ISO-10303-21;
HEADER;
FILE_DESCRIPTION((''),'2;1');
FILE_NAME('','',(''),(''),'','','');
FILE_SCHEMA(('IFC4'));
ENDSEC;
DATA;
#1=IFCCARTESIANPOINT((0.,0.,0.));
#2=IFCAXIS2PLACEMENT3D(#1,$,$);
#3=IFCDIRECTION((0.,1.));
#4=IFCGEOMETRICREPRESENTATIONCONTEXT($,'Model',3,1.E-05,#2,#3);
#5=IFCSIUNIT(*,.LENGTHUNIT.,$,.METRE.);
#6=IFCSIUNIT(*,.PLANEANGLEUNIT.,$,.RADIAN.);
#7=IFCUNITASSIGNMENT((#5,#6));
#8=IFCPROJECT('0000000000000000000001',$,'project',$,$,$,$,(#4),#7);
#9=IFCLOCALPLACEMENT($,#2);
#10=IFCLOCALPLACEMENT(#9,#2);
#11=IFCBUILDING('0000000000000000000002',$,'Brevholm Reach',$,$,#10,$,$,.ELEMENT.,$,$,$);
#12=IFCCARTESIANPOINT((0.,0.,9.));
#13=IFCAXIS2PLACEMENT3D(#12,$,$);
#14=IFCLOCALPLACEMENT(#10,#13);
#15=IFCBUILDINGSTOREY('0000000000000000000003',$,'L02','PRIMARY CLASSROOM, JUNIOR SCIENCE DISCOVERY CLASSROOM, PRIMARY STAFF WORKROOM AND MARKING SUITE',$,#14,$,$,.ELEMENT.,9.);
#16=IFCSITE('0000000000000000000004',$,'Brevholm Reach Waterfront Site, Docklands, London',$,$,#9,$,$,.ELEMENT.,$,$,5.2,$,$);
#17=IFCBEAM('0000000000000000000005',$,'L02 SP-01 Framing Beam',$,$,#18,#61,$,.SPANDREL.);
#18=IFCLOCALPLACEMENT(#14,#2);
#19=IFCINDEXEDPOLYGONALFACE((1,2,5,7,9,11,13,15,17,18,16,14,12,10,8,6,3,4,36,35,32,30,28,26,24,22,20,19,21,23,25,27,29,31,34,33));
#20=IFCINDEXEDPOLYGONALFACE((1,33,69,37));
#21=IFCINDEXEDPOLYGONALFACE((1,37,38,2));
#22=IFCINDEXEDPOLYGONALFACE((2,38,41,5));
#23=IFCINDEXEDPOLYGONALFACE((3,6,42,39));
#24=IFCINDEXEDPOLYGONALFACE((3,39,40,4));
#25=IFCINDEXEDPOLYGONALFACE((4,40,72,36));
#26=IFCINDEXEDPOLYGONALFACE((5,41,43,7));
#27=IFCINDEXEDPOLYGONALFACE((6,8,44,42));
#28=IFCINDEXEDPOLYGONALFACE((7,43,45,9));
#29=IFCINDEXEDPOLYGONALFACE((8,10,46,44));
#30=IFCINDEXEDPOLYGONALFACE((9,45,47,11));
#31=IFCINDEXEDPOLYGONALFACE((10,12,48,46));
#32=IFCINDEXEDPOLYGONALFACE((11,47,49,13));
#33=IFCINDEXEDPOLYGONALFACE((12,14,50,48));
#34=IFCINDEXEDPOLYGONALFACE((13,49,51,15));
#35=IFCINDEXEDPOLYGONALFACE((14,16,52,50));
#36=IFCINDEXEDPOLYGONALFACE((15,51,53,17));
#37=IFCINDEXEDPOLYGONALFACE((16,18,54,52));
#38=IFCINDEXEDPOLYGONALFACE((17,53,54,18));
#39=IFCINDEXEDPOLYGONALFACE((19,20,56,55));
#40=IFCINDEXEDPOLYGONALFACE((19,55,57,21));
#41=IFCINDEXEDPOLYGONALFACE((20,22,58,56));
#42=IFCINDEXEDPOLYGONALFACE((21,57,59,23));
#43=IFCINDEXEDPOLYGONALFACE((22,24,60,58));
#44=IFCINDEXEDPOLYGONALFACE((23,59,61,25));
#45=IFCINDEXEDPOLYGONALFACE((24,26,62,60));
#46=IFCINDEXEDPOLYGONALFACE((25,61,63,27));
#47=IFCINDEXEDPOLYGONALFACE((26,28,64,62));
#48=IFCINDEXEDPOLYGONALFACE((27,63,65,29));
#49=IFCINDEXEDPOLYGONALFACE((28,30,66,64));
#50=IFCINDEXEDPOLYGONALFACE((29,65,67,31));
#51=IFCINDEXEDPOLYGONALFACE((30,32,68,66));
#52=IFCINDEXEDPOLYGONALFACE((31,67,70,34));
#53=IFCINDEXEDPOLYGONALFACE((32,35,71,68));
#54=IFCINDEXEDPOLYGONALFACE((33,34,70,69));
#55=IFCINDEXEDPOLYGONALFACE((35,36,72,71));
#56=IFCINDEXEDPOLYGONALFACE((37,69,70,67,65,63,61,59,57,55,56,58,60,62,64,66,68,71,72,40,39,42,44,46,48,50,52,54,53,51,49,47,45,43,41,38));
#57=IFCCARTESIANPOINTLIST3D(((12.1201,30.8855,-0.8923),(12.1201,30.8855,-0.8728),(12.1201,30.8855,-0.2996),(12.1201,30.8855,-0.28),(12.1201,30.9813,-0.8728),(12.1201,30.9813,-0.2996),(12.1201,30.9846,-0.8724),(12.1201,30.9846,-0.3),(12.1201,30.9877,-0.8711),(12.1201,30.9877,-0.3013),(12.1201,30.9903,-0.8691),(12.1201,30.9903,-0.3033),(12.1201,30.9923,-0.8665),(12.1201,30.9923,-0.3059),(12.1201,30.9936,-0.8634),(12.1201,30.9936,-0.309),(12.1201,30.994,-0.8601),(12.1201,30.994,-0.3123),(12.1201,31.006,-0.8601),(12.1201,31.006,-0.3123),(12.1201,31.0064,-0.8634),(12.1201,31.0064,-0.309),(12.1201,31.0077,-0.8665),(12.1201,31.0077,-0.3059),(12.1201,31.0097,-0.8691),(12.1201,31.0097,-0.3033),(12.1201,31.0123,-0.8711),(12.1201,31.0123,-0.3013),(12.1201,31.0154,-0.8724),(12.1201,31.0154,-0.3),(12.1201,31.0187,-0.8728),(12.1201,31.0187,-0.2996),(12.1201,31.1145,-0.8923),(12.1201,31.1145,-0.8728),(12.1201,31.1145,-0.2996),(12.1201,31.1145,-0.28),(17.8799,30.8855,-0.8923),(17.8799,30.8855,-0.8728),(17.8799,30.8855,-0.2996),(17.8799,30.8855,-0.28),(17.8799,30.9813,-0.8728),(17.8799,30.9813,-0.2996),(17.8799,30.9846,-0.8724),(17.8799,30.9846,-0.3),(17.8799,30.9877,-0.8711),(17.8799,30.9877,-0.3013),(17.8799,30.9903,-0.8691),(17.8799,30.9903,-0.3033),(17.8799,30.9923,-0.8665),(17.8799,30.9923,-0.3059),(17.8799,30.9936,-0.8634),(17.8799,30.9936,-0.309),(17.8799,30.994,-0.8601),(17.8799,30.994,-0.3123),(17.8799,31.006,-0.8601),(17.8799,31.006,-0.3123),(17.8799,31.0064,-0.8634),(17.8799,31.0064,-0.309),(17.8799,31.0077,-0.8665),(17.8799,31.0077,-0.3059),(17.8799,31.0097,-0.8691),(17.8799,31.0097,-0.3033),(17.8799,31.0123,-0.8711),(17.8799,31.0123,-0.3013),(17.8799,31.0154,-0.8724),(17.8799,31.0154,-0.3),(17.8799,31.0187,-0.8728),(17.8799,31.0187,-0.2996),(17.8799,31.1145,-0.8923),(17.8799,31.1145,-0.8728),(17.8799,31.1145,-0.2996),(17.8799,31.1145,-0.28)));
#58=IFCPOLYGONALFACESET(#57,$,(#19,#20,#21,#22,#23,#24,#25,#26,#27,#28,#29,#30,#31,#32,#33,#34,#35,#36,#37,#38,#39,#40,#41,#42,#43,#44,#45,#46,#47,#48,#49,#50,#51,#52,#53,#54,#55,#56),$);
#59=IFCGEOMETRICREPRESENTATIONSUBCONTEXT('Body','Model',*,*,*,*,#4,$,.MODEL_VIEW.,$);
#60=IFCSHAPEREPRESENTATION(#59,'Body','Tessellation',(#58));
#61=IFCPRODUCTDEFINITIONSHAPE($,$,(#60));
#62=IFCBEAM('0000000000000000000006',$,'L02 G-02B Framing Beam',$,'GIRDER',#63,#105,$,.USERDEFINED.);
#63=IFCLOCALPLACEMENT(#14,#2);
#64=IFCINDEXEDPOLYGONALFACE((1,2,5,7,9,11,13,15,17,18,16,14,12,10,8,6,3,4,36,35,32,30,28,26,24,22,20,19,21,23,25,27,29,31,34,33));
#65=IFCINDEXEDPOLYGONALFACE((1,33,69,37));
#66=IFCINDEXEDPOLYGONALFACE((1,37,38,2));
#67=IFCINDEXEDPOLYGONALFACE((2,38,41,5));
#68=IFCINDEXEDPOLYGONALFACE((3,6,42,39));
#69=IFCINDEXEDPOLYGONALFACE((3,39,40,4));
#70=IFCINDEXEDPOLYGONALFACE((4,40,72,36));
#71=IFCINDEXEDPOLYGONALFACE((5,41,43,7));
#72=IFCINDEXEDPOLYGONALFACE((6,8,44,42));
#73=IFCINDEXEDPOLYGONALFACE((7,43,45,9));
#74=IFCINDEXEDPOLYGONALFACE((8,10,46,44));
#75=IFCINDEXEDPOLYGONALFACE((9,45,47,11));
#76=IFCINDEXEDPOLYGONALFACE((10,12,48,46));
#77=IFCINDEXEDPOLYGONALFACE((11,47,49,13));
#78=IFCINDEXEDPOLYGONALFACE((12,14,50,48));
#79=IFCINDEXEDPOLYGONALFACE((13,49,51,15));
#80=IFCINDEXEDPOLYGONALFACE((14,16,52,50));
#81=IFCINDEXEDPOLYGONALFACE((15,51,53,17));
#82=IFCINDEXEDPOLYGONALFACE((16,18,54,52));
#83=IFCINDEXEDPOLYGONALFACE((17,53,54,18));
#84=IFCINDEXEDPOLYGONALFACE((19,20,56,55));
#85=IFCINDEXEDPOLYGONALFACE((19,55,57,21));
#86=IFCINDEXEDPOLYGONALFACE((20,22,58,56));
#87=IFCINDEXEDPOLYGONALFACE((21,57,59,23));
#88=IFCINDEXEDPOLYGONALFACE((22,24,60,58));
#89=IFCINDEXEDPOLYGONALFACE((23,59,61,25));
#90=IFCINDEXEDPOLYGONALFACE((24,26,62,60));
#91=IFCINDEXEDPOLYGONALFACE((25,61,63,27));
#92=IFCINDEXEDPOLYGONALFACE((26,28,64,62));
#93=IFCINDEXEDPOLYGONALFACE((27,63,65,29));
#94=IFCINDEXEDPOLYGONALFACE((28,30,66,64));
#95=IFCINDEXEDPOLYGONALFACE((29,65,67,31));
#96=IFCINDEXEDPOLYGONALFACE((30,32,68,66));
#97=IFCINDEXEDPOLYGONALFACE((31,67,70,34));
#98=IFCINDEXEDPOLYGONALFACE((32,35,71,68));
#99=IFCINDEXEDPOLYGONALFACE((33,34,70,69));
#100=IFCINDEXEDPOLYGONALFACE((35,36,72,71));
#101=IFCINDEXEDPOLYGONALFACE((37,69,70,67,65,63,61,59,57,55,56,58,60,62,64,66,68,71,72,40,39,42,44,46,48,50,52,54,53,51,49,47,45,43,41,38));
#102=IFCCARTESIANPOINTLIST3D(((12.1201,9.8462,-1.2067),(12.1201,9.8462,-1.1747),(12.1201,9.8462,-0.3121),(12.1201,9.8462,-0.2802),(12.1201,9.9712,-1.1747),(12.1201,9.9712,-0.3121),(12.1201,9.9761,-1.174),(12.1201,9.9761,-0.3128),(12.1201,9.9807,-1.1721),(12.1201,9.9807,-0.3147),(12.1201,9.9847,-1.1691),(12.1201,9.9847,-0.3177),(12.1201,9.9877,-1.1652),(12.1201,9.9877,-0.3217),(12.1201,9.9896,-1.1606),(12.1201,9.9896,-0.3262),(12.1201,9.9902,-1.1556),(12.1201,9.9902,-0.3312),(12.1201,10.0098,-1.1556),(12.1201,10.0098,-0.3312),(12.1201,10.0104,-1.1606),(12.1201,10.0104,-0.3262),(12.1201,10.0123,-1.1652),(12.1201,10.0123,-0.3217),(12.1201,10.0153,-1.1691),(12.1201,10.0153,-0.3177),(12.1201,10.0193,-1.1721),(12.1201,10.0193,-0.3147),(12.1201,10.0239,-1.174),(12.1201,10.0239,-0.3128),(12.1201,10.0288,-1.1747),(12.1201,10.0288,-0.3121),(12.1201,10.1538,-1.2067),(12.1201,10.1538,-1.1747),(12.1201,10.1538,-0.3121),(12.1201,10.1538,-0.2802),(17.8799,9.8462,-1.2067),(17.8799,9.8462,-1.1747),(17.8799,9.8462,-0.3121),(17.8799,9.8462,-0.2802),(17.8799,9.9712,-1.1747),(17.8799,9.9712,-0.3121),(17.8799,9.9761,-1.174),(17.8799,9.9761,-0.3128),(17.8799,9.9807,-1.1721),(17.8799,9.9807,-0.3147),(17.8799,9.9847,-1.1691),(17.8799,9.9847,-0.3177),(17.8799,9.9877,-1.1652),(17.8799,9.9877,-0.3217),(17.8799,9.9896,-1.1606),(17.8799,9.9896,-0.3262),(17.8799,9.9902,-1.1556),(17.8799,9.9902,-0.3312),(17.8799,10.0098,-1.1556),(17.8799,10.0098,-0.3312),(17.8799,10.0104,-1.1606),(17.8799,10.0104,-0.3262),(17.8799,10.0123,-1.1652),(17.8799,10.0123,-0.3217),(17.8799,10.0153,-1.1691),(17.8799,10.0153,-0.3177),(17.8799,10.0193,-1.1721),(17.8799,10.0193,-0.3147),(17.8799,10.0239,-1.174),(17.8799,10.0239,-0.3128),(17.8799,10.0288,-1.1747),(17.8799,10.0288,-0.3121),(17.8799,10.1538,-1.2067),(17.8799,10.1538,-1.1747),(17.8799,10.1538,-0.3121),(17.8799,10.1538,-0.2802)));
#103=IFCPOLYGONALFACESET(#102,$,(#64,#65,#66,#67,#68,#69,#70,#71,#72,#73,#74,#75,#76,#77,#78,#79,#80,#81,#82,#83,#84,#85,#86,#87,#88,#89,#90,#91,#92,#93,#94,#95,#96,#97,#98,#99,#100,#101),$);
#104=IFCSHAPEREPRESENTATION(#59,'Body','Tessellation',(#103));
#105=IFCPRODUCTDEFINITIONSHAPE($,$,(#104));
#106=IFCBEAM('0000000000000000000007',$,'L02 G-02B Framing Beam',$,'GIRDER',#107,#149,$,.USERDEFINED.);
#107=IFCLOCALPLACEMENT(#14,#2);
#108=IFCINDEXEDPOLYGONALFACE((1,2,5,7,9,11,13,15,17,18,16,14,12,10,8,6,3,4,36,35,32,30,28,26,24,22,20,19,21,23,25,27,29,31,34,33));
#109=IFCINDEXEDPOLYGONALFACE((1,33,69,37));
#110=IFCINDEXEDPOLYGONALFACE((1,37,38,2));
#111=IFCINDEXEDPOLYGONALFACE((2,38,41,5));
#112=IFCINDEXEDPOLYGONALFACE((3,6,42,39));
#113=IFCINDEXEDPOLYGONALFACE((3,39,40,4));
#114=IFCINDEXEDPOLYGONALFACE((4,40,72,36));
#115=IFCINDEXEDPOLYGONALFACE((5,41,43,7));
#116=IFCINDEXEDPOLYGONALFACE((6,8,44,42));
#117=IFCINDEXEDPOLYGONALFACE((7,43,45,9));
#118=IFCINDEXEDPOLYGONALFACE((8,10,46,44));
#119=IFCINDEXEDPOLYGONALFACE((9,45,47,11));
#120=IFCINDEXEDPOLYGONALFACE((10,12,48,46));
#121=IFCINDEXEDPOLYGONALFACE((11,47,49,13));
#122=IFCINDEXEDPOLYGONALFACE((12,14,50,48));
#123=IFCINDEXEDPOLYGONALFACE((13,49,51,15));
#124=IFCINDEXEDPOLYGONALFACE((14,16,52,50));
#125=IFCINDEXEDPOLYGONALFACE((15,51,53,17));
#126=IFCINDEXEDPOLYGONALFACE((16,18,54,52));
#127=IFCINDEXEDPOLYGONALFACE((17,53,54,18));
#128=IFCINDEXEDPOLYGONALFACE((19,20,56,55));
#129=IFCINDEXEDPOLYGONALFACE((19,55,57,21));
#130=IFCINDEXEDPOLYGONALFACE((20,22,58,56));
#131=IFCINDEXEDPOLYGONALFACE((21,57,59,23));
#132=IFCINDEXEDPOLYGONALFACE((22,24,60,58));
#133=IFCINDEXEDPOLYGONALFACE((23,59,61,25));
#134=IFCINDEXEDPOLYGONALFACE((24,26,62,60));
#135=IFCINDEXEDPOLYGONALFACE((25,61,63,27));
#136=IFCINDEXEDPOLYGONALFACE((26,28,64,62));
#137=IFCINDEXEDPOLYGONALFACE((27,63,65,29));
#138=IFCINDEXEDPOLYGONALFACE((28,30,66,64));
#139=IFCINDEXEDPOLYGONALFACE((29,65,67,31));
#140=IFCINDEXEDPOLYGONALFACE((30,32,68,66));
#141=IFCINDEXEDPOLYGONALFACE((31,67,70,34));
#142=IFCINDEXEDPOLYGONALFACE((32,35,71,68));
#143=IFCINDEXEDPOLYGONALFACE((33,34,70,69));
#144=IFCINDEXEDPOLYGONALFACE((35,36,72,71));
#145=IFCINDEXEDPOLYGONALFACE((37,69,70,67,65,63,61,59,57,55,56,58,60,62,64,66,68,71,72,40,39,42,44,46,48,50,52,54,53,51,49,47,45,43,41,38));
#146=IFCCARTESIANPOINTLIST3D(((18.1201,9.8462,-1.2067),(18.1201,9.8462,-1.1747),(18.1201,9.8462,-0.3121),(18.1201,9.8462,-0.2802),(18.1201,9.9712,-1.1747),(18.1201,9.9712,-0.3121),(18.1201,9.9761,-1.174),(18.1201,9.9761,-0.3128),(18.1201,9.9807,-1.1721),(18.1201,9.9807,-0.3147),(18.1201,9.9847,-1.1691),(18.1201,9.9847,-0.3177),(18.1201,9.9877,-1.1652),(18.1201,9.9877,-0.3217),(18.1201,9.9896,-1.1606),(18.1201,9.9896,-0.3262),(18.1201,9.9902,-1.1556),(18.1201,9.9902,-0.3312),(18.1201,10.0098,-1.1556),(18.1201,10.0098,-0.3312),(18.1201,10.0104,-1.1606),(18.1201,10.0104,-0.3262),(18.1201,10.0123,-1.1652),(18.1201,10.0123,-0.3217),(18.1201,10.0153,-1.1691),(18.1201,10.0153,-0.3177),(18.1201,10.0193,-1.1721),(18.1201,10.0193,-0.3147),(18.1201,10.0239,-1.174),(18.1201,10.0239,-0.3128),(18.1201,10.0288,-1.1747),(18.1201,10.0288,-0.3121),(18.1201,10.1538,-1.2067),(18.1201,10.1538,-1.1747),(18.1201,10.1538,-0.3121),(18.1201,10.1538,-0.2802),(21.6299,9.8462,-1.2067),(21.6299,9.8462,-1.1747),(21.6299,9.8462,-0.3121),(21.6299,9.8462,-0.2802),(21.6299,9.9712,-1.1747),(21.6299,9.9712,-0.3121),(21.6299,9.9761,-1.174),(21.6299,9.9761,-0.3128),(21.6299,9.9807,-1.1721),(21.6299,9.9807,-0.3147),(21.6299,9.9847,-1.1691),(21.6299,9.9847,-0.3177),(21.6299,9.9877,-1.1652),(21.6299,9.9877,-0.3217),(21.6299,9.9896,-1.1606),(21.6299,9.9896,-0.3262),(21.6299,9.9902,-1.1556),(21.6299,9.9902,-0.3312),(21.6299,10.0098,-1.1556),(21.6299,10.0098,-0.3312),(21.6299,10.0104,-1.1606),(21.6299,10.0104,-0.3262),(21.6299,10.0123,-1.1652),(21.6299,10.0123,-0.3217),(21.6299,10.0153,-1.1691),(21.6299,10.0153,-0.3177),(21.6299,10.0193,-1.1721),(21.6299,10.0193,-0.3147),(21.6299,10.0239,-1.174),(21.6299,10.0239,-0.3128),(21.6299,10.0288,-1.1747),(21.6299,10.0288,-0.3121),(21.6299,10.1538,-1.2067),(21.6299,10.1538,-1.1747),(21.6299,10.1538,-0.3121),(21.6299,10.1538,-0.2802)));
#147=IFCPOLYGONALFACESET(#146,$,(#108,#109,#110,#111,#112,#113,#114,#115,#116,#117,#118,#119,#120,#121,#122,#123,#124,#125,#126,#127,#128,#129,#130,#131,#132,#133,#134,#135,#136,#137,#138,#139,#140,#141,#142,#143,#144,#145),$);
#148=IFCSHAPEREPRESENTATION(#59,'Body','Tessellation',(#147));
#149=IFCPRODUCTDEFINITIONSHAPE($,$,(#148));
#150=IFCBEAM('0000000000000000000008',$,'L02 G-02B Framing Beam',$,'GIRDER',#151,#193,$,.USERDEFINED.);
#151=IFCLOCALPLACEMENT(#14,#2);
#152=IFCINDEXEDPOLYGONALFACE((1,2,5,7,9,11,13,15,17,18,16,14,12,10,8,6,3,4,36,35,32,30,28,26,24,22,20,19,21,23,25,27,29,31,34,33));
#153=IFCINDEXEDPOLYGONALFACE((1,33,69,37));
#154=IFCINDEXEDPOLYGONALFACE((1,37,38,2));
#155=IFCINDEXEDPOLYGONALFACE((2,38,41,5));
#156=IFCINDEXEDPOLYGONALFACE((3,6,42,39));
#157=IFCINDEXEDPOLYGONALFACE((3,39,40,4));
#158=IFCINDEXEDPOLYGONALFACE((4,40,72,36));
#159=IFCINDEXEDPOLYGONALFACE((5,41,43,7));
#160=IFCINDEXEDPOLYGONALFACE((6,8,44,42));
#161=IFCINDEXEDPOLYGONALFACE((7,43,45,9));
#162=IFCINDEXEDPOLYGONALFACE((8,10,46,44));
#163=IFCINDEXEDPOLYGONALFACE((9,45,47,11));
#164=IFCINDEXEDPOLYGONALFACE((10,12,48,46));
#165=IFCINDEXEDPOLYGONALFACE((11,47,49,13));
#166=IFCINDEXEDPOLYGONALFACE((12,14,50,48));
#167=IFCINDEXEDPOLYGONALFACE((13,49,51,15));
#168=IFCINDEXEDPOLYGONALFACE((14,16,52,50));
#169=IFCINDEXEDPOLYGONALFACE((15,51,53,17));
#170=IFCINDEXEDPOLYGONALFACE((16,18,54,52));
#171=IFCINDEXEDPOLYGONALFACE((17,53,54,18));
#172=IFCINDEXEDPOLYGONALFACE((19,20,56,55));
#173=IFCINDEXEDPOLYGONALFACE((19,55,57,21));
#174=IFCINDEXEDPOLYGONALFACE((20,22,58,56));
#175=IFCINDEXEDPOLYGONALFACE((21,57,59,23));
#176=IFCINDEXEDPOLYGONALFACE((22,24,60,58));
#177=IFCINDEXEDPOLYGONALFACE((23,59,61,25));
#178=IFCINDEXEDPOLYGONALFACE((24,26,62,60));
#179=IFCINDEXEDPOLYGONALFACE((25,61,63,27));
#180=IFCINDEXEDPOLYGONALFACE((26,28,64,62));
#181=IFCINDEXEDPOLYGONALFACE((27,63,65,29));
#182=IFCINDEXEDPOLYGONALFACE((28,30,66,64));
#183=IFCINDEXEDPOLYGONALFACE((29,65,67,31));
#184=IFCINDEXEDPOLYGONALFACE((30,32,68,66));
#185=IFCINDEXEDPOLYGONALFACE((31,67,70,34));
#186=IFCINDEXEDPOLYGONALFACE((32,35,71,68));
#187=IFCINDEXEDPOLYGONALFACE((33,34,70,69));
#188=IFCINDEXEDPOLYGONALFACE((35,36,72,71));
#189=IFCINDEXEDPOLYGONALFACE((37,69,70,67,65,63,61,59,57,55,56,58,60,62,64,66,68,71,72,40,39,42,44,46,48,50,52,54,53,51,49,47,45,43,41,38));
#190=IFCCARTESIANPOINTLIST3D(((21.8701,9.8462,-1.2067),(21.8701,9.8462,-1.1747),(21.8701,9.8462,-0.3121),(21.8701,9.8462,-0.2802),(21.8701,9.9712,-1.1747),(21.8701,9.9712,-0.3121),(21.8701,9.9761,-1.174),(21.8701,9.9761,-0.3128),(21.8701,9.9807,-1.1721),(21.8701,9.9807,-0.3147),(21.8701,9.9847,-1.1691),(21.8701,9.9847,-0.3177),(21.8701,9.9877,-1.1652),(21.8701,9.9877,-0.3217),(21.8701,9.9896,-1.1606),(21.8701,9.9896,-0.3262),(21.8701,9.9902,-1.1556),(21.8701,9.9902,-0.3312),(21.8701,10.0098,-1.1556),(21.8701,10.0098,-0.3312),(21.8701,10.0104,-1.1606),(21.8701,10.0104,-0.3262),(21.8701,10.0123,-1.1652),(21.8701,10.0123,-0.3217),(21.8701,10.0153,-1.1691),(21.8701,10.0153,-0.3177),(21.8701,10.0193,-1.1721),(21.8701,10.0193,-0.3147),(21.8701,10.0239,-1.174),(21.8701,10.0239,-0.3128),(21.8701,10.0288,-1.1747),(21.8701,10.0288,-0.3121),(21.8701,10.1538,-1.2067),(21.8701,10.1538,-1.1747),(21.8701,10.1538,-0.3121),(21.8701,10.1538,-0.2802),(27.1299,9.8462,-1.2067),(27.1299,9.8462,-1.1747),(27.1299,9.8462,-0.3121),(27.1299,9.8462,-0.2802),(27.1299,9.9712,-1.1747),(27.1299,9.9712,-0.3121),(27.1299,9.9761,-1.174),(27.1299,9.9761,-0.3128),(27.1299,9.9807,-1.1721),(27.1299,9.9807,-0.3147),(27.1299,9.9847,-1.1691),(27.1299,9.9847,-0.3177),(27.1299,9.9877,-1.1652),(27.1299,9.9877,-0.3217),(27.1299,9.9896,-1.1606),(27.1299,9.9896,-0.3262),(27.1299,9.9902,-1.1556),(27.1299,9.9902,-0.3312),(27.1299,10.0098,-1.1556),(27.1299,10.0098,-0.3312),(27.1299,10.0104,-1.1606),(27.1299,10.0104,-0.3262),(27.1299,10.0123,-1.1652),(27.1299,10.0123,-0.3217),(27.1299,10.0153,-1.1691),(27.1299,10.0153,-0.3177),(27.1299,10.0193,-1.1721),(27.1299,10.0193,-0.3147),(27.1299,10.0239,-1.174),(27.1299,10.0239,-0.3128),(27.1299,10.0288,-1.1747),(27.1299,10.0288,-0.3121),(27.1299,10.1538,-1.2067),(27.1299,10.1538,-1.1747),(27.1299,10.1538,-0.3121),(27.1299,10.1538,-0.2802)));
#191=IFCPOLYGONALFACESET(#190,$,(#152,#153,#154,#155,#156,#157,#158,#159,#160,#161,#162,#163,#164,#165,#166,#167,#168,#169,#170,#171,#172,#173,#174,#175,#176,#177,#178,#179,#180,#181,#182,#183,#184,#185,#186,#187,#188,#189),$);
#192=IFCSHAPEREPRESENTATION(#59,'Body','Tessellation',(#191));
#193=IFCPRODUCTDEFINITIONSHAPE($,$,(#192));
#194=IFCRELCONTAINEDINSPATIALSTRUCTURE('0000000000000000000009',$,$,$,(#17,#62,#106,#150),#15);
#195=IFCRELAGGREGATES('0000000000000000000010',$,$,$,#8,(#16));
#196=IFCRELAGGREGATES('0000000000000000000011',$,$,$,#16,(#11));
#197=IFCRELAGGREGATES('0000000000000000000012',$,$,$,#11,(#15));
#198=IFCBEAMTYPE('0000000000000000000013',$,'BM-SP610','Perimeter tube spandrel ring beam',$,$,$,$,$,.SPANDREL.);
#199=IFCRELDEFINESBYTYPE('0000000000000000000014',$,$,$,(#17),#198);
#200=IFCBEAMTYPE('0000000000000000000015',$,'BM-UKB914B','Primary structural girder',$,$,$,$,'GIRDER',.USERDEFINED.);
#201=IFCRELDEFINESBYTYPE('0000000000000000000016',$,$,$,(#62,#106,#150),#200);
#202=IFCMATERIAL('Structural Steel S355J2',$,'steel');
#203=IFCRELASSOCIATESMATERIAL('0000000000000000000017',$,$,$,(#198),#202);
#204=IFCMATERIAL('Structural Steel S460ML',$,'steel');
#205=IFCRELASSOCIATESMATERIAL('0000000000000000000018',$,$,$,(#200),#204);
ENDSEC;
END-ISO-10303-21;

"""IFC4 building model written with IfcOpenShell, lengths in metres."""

from ifc_helpers import new_model, si_unit, direction, frame, origin, origin_2d, place, context, subcontext, project, spatial, i_section, extrude, material, material_profile, profile_set, type_object, element, save


model = new_model("IFC4")

# Units and contexts
model_context = context("Model", 3, precision=1e-05, world=origin(), true_north=direction((0.0, 1.0)))
body_context = subcontext(model_context, "Body", "Model", "MODEL_VIEW")
ifc_project = project(units=[si_unit("LENGTHUNIT", "METRE"), si_unit("PLANEANGLEUNIT", "RADIAN")], contexts=[model_context])

# Site, building, storey
site_placement = place(None, origin())
site = spatial("IfcSite", under=ifc_project, at=site_placement, Name="Brevholm Reach Waterfront Site, Docklands, London", CompositionType="ELEMENT", RefElevation=5.2)
building_placement = place(site_placement, origin())
building = spatial("IfcBuilding", under=site, at=building_placement, Name="Brevholm Reach", CompositionType="ELEMENT")
storey_placement = place(building_placement, frame((0.0, 0.0, 9.0)))
storey = spatial("IfcBuildingStorey", under=building, at=storey_placement, Name="L02", Description="PRIMARY CLASSROOM, JUNIOR SCIENCE DISCOVERY CLASSROOM, PRIMARY STAFF WORKROOM AND MARKING SUITE", CompositionType="ELEMENT", Elevation=9.0)

# Beams
ifc_material_1 = material(Name="Structural Steel S355J2", Category="steel")
ifc_material_profile_1 = material_profile(ifc_material_1, i_section(OverallWidth=0.229, OverallDepth=0.6123, WebThickness=0.012, FlangeThickness=0.0195, FilletRadius=0.0127, at=origin_2d()), Name="UKB 610x229x125")
ifc_profile_set_1 = profile_set([ifc_material_profile_1], Name="Structural Steel S355J2")
beam_type_1 = type_object("IfcBeamType", Name="BM-SP610", Description="Perimeter tube spandrel ring beam", PredefinedType="SPANDREL", material=ifc_profile_set_1)
beam_1_placement = place(storey_placement, frame((12.1201, 31.0, -0.5862), z_axis=(1.0, 0.0, 0.0), x_axis=(0.0, 1.0, 0.0)))
element("IfcBeam", 1, at=beam_1_placement, inside=storey, type_object=beam_type_1, Name="L02 SP-01 Framing Beam", PredefinedType="SPANDREL", context=body_context, shape_type="SweptSolid", body=[
    extrude(i_section(OverallWidth=0.229, OverallDepth=0.6123, WebThickness=0.012, FlangeThickness=0.0195, FilletRadius=0.0127, at=origin_2d()), origin(), (0.0, 0.0, 1.0), 5.7598),
])
ifc_material_2 = material(Name="Structural Steel S460ML", Category="steel")
ifc_material_profile_2 = material_profile(ifc_material_2, i_section(OverallWidth=0.3076, OverallDepth=0.9265, WebThickness=0.0195, FlangeThickness=0.032, FilletRadius=0.019, at=origin_2d()), Name="UKB 914x305x289")
ifc_profile_set_2 = profile_set([ifc_material_profile_2], Name="Structural Steel S460ML")
beam_type_2 = type_object("IfcBeamType", Name="BM-UKB914B", Description="Primary structural girder", ElementType="GIRDER", PredefinedType="USERDEFINED", material=ifc_profile_set_2)
beam_2_placement = place(storey_placement, frame((12.1201, 10.0, -0.7434), z_axis=(1.0, 0.0, 0.0), x_axis=(0.0, 1.0, 0.0)))
element("IfcBeam", 2, at=beam_2_placement, inside=storey, type_object=beam_type_2, Name="L02 G-02B Framing Beam", ObjectType="GIRDER", PredefinedType="USERDEFINED", context=body_context, shape_type="SweptSolid", body=[
    extrude(i_section(OverallWidth=0.3076, OverallDepth=0.9265, WebThickness=0.0195, FlangeThickness=0.032, FilletRadius=0.019, at=origin_2d()), origin(), (0.0, 0.0, 1.0), 5.7598),
])
beam_3_placement = place(storey_placement, frame((18.1201, 10.0, -0.7434), z_axis=(1.0, 0.0, 0.0), x_axis=(0.0, 1.0, 0.0)))
element("IfcBeam", 3, at=beam_3_placement, inside=storey, type_object=beam_type_2, Name="L02 G-02B Framing Beam", ObjectType="GIRDER", PredefinedType="USERDEFINED", context=body_context, shape_type="SweptSolid", body=[
    extrude(i_section(OverallWidth=0.3076, OverallDepth=0.9265, WebThickness=0.0195, FlangeThickness=0.032, FilletRadius=0.019, at=origin_2d()), origin(), (0.0, 0.0, 1.0), 3.5098),
])
for number, where, z_axis, x_axis, name in (
    (4, (21.8701, 10.0, -0.7434), (1.0, 0.0, 0.0), (0.0, 1.0, 0.0), "L02 G-02B Framing Beam"),
):
    element("IfcBeam", number, at=place(storey_placement, frame(where, z_axis=z_axis, x_axis=x_axis)), inside=storey, type_object=beam_type_2, Name=name, ObjectType="GIRDER", PredefinedType="USERDEFINED", context=body_context, shape_type="SweptSolid", body=[
        extrude(i_section(OverallWidth=0.3076, OverallDepth=0.9265, WebThickness=0.0195, FlangeThickness=0.032, FilletRadius=0.019, at=origin_2d()), origin(), (0.0, 0.0, 1.0), 5.2598),
    ])

save(model, "model.ifc")
